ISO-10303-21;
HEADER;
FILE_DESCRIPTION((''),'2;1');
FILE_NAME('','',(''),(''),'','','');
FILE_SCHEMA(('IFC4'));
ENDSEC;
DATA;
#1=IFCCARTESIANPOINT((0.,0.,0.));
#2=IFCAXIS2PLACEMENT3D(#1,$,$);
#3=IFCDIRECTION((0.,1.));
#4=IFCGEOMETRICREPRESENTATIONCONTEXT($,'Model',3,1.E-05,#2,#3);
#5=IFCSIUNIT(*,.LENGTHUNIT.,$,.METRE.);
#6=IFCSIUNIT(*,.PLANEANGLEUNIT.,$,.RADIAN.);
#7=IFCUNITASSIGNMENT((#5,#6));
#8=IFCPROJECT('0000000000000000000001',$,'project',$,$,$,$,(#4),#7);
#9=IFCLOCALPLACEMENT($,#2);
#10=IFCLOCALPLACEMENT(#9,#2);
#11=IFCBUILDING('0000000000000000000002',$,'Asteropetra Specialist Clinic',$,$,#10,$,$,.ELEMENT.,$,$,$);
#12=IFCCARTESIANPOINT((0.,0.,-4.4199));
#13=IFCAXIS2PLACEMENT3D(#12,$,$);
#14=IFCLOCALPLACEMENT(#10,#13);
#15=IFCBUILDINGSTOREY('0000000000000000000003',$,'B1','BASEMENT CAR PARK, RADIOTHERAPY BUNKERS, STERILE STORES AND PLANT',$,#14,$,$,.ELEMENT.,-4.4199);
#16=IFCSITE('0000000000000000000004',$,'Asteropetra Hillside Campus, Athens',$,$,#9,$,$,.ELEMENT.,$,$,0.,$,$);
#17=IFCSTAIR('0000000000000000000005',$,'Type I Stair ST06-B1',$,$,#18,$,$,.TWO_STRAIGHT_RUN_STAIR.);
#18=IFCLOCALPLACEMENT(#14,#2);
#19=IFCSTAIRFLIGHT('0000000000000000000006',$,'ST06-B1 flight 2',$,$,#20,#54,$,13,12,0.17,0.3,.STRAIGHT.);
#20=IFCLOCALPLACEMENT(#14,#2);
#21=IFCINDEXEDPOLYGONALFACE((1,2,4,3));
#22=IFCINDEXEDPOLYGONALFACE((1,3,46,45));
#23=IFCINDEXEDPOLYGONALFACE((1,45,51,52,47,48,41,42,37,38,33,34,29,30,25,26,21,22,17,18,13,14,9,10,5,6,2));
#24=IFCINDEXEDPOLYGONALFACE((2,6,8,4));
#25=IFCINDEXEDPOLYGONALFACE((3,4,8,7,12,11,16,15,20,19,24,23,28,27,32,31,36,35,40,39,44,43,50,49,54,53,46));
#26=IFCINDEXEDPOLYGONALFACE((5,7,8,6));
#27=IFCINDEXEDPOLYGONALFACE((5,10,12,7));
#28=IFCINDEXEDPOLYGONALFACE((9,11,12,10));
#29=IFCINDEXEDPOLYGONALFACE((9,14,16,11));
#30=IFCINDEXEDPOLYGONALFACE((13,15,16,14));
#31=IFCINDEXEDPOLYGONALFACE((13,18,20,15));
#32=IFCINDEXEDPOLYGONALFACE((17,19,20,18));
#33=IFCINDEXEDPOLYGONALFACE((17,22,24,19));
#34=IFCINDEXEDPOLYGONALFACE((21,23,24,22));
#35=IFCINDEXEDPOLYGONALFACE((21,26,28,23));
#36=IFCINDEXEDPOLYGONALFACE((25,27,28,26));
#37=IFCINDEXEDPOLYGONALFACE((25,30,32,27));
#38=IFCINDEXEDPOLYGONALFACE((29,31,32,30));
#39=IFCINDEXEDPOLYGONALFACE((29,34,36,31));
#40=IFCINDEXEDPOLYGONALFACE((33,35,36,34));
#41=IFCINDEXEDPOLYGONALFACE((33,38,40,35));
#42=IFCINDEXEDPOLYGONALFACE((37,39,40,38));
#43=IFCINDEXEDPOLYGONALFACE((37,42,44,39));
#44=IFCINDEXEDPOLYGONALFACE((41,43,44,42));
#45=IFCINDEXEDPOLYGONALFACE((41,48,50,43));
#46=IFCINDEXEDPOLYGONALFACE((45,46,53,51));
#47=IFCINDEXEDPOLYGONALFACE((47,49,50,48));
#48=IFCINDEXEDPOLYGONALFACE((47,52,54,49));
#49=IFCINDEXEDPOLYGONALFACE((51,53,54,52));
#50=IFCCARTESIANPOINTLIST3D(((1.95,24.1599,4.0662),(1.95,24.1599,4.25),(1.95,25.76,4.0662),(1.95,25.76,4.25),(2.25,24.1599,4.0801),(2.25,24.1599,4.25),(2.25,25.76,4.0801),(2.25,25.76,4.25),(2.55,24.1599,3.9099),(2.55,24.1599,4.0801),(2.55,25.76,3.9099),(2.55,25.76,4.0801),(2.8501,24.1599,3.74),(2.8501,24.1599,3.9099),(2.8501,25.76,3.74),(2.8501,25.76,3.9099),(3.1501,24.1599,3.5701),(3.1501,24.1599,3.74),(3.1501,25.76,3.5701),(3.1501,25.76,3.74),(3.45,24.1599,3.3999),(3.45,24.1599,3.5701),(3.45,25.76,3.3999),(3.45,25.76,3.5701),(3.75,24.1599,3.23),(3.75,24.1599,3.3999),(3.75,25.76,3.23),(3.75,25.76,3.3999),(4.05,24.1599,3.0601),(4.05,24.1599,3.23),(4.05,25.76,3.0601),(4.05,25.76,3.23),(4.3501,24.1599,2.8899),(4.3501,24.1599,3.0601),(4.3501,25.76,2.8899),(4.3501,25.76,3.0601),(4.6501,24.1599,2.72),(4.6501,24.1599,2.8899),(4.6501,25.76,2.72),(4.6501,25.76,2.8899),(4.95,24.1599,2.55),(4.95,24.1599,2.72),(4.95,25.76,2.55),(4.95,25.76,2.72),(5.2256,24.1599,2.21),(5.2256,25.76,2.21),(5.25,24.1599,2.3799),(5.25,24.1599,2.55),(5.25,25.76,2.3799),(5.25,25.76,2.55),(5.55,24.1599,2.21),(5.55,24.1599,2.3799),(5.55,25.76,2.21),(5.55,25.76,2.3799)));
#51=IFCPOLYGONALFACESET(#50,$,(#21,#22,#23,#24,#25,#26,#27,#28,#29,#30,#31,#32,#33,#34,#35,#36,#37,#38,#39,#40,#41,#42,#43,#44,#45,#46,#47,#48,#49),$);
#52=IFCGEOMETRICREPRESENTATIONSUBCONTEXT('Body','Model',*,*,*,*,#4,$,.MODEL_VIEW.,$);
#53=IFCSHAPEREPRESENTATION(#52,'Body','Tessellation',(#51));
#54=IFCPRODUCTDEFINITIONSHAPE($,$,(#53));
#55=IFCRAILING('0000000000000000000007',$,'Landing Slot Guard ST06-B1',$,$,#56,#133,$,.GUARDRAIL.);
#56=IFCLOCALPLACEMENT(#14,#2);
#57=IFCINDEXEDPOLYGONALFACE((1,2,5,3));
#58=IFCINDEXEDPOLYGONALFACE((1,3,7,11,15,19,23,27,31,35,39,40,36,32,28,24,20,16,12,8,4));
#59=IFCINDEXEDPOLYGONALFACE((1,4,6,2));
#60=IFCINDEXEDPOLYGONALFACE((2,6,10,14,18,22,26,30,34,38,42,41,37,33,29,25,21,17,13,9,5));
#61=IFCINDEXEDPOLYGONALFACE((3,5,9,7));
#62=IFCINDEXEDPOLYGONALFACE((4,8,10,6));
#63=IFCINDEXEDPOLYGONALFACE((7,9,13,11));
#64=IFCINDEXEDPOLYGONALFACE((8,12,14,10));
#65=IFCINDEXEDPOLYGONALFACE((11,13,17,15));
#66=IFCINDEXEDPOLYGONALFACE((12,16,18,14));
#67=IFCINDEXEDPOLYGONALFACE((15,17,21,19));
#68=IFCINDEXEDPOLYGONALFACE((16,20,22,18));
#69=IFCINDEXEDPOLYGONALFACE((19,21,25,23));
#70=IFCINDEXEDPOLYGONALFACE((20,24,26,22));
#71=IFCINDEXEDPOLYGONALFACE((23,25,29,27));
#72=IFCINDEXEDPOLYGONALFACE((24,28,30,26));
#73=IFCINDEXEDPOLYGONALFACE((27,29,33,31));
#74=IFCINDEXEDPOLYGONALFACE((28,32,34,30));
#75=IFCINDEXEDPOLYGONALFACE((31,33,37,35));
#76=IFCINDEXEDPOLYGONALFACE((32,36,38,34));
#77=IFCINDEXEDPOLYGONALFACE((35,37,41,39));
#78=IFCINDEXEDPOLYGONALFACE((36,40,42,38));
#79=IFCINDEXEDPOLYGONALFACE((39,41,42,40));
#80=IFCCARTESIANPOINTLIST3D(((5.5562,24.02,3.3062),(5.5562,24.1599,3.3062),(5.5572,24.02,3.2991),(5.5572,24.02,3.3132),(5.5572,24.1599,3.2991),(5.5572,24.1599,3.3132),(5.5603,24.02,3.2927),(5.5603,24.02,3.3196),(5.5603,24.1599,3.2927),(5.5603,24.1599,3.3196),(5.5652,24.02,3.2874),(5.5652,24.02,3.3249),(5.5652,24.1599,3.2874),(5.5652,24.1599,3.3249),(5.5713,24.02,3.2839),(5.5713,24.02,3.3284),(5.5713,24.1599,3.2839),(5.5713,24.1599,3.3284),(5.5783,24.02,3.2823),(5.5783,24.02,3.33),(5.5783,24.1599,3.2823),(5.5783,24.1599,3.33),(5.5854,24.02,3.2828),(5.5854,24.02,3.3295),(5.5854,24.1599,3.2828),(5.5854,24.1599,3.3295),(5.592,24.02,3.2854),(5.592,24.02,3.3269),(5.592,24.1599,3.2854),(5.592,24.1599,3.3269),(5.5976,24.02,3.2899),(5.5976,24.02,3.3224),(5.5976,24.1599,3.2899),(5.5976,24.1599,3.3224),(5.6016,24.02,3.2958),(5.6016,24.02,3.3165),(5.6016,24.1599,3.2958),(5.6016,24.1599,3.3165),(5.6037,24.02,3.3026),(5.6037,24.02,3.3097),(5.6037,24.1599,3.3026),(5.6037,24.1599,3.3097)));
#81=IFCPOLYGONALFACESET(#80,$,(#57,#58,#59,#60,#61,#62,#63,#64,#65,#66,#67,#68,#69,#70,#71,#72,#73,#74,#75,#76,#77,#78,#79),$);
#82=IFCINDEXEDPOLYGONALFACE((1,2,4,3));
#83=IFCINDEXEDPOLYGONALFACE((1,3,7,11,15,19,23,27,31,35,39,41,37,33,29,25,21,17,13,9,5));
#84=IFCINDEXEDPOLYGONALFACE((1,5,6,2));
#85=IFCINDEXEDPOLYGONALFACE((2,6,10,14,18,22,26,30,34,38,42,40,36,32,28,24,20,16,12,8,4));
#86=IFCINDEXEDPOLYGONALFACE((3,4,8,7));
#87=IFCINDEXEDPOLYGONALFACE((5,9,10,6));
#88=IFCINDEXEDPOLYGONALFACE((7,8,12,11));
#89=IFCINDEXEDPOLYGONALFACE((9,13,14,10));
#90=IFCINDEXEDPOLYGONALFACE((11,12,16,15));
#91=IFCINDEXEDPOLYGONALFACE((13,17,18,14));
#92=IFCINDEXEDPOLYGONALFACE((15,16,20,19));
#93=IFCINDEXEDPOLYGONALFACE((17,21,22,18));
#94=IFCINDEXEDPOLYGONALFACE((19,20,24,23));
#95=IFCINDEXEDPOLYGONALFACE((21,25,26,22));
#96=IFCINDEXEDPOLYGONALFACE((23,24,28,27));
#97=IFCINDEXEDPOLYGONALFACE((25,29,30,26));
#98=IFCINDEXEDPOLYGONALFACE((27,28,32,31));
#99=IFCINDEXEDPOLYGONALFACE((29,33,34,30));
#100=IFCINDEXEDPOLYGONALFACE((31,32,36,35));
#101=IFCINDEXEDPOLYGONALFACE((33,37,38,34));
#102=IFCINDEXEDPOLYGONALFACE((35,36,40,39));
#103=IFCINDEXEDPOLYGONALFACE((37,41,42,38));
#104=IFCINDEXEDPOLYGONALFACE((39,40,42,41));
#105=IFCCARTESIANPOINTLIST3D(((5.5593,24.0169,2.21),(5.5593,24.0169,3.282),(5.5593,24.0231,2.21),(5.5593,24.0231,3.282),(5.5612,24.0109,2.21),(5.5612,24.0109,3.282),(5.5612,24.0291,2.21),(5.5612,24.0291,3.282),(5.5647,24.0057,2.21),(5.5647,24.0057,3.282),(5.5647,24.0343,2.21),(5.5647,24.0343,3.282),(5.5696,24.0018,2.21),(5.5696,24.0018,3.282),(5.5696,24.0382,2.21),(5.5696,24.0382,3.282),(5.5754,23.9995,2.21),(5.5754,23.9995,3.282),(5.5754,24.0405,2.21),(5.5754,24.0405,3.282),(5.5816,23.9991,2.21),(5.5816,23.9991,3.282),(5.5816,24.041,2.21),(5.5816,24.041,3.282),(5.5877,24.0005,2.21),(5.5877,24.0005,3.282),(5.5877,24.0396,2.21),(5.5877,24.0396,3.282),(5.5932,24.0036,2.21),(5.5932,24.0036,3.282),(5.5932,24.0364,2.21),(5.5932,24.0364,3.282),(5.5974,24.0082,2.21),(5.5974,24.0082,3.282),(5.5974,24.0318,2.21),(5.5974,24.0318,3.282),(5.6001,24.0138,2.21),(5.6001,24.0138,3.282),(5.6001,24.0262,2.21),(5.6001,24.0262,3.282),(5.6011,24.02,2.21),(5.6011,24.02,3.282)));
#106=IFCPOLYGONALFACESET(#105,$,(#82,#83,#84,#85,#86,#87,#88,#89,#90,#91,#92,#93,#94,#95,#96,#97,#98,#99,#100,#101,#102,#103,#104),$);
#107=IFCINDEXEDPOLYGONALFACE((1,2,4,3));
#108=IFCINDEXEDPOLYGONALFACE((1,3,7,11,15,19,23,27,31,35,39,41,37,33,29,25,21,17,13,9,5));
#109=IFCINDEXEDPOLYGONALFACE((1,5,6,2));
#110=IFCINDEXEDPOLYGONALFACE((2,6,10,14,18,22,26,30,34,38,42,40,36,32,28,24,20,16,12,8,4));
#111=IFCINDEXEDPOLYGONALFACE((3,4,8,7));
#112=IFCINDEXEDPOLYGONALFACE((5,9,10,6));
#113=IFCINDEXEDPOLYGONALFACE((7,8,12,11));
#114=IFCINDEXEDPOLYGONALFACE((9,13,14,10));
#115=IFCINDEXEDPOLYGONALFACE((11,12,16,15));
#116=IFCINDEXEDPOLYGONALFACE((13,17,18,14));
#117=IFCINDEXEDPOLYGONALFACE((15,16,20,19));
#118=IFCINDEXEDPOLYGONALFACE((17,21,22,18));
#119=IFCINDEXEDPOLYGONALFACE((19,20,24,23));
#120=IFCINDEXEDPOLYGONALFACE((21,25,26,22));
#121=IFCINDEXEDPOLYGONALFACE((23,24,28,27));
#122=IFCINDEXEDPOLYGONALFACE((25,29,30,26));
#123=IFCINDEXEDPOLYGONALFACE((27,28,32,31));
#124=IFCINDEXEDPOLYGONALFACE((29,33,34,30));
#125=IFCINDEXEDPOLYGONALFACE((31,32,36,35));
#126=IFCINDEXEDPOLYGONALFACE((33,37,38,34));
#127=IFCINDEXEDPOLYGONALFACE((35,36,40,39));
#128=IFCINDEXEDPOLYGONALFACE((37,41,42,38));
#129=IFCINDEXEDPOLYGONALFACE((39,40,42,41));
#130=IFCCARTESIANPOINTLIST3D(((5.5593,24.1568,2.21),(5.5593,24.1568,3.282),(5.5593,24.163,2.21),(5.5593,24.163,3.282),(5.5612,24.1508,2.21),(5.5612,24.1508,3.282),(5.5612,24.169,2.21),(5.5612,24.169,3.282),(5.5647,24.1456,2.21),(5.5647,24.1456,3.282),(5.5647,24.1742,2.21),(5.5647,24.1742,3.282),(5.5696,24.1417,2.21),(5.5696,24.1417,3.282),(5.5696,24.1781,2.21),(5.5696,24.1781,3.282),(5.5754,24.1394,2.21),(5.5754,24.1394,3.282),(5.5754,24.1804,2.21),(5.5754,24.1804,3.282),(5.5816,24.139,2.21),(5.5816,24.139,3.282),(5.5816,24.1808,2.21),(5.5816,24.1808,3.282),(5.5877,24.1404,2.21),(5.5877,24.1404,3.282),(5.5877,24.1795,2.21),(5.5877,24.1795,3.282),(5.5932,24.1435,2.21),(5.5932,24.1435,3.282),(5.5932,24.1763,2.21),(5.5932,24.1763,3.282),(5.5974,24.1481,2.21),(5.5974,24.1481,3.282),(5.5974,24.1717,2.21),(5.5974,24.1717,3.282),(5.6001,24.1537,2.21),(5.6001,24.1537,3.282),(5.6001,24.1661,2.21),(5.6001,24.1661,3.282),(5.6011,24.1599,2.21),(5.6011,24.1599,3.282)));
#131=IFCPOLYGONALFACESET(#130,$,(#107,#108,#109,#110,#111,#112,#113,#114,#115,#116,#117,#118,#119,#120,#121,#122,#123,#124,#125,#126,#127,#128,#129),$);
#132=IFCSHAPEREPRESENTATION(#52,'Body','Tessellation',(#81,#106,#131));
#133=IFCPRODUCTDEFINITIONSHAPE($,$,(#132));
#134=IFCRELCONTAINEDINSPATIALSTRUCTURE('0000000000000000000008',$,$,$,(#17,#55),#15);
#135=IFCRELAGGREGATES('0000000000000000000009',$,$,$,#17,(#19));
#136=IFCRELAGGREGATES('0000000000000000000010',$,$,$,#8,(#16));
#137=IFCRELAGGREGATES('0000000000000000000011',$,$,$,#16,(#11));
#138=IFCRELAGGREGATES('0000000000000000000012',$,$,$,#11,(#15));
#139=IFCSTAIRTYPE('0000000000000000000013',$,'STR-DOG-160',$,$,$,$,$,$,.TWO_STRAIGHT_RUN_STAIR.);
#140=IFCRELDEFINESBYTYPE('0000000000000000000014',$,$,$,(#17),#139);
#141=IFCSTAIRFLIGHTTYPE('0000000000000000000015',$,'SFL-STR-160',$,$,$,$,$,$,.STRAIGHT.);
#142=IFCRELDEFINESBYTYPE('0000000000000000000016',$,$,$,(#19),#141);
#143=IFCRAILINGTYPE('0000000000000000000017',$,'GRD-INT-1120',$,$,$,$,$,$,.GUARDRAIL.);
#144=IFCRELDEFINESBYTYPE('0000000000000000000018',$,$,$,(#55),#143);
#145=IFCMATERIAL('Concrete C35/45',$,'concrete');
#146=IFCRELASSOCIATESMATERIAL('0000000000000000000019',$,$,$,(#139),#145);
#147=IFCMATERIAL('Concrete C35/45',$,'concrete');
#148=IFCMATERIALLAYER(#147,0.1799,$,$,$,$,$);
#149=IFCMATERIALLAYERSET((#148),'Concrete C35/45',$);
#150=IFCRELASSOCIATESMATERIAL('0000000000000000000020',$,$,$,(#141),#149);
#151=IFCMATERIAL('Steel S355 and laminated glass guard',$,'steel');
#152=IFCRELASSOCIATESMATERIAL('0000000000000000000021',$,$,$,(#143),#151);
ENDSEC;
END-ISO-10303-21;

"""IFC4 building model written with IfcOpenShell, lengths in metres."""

from ifc_helpers import new_model, si_unit, direction, frame, origin, origin_2d, place, context, subcontext, project, spatial, polyline, circle, outline, extrude, material, layer, layer_set, type_object, element, aggregate, save


model = new_model("IFC4")

# Units and contexts
model_context = context("Model", 3, precision=1e-05, world=origin(), true_north=direction((0.0, 1.0)))
body_context = subcontext(model_context, "Body", "Model", "MODEL_VIEW")
ifc_project = project(units=[si_unit("LENGTHUNIT", "METRE"), si_unit("PLANEANGLEUNIT", "RADIAN")], contexts=[model_context])

# Site, building, storey
site_placement = place(None, origin())
site = spatial("IfcSite", under=ifc_project, at=site_placement, Name="Asteropetra Hillside Campus, Athens", CompositionType="ELEMENT", RefElevation=0.0)
building_placement = place(site_placement, origin())
building = spatial("IfcBuilding", under=site, at=building_placement, Name="Asteropetra Specialist Clinic", CompositionType="ELEMENT")
storey_placement = place(building_placement, frame((0.0, 0.0, -4.4199)))
storey = spatial("IfcBuildingStorey", under=building, at=storey_placement, Name="B1", Description="BASEMENT CAR PARK, RADIOTHERAPY BUNKERS, STERILE STORES AND PLANT", CompositionType="ELEMENT", Elevation=-4.4199)

# Stair, stair flight
ifc_material_1 = material(Name="Concrete C35/45", Category="concrete")
stair_type = type_object("IfcStairType", Name="STR-DOG-160", PredefinedType="TWO_STRAIGHT_RUN_STAIR", material=ifc_material_1)
stair_placement = place(storey_placement, origin())
stair = element("IfcStair", 1, at=stair_placement, inside=storey, type_object=stair_type, Name="Type I Stair ST06-B1", PredefinedType="TWO_STRAIGHT_RUN_STAIR")
ifc_material_2 = material(Name="Concrete C35/45", Category="concrete")
ifc_layer_1 = layer(ifc_material_2, 0.1799)
ifc_layer_set_1 = layer_set([ifc_layer_1], Name="Concrete C35/45")
stair_flight_type = type_object("IfcStairFlightType", Name="SFL-STR-160", PredefinedType="STRAIGHT", material=ifc_layer_set_1)
stair_flight_1_placement = place(storey_placement, frame((5.55, 24.96, 2.21), z_axis=(0.0, 0.0, 1.0), x_axis=(-1.0, 0.0, 0.0)))
stair_flight_1 = element("IfcStairFlight", 2, at=stair_flight_1_placement, type_object=stair_flight_type, Name="ST06-B1 flight 2", NumberOfRisers=13, NumberOfTreads=12, PredefinedType="STRAIGHT", RiserHeight=0.17, TreadLength=0.3, context=body_context, shape_type="SweptSolid", body=[
    extrude(outline(polyline([(0.0, 0.0), (0.0, 0.1699), (0.3, 0.1699), (0.3, 0.3401), (0.6001, 0.3401), (0.6001, 0.51), (0.8999, 0.51), (0.8999, 0.6799), (1.2, 0.6799), (1.2, 0.8501), (1.5, 0.8501), (1.5, 1.02), (1.8, 1.02), (1.8, 1.1899), (2.1001, 1.1899), (2.1001, 1.3601), (2.3999, 1.3601), (2.3999, 1.53), (2.7, 1.53), (2.7, 1.7), (3.0, 1.7), (3.0, 1.8701), (3.3, 1.8701), (3.3, 2.04), (3.6001, 2.04), (3.6001, 2.21), (3.6001, 1.8562), (0.3245, 0.0), (0.0, 0.0)])), frame((0.0, 0.8, 0.0), z_axis=(0.0, -1.0, 0.0), x_axis=(1.0, 0.0, 0.0)), (0.0, 0.0, 1.0), 1.6001),
])
aggregate(stair, [stair_flight_1])

# Railing
ifc_material_3 = material(Name="Steel S355 and laminated glass guard", Category="steel")
railing_type_1 = type_object("IfcRailingType", Name="GRD-INT-1120", PredefinedType="GUARDRAIL", material=ifc_material_3)
railing_1_placement = place(storey_placement, frame((5.5801, 24.02, 2.21)))
element("IfcRailing", 3, at=railing_1_placement, inside=storey, type_object=railing_type_1, Name="Landing Slot Guard ST06-B1", PredefinedType="GUARDRAIL", context=body_context, shape_type="SweptSolid", body=[
    extrude(circle(Radius=0.0239, at=origin_2d()), frame((0.0, 0.0, 1.0962), z_axis=(0.0, 1.0, 0.0), x_axis=(-1.0, 0.0, 0.0)), (0.0, 0.0, 1.0), 0.1399),
    extrude(circle(Radius=0.021, at=origin_2d()), origin(), (0.0, 0.0, 1.0), 1.072),
    extrude(circle(Radius=0.021, at=origin_2d()), frame((0.0, 0.1399, 0.0)), (0.0, 0.0, 1.0), 1.072),
])

save(model, "model.ifc")
